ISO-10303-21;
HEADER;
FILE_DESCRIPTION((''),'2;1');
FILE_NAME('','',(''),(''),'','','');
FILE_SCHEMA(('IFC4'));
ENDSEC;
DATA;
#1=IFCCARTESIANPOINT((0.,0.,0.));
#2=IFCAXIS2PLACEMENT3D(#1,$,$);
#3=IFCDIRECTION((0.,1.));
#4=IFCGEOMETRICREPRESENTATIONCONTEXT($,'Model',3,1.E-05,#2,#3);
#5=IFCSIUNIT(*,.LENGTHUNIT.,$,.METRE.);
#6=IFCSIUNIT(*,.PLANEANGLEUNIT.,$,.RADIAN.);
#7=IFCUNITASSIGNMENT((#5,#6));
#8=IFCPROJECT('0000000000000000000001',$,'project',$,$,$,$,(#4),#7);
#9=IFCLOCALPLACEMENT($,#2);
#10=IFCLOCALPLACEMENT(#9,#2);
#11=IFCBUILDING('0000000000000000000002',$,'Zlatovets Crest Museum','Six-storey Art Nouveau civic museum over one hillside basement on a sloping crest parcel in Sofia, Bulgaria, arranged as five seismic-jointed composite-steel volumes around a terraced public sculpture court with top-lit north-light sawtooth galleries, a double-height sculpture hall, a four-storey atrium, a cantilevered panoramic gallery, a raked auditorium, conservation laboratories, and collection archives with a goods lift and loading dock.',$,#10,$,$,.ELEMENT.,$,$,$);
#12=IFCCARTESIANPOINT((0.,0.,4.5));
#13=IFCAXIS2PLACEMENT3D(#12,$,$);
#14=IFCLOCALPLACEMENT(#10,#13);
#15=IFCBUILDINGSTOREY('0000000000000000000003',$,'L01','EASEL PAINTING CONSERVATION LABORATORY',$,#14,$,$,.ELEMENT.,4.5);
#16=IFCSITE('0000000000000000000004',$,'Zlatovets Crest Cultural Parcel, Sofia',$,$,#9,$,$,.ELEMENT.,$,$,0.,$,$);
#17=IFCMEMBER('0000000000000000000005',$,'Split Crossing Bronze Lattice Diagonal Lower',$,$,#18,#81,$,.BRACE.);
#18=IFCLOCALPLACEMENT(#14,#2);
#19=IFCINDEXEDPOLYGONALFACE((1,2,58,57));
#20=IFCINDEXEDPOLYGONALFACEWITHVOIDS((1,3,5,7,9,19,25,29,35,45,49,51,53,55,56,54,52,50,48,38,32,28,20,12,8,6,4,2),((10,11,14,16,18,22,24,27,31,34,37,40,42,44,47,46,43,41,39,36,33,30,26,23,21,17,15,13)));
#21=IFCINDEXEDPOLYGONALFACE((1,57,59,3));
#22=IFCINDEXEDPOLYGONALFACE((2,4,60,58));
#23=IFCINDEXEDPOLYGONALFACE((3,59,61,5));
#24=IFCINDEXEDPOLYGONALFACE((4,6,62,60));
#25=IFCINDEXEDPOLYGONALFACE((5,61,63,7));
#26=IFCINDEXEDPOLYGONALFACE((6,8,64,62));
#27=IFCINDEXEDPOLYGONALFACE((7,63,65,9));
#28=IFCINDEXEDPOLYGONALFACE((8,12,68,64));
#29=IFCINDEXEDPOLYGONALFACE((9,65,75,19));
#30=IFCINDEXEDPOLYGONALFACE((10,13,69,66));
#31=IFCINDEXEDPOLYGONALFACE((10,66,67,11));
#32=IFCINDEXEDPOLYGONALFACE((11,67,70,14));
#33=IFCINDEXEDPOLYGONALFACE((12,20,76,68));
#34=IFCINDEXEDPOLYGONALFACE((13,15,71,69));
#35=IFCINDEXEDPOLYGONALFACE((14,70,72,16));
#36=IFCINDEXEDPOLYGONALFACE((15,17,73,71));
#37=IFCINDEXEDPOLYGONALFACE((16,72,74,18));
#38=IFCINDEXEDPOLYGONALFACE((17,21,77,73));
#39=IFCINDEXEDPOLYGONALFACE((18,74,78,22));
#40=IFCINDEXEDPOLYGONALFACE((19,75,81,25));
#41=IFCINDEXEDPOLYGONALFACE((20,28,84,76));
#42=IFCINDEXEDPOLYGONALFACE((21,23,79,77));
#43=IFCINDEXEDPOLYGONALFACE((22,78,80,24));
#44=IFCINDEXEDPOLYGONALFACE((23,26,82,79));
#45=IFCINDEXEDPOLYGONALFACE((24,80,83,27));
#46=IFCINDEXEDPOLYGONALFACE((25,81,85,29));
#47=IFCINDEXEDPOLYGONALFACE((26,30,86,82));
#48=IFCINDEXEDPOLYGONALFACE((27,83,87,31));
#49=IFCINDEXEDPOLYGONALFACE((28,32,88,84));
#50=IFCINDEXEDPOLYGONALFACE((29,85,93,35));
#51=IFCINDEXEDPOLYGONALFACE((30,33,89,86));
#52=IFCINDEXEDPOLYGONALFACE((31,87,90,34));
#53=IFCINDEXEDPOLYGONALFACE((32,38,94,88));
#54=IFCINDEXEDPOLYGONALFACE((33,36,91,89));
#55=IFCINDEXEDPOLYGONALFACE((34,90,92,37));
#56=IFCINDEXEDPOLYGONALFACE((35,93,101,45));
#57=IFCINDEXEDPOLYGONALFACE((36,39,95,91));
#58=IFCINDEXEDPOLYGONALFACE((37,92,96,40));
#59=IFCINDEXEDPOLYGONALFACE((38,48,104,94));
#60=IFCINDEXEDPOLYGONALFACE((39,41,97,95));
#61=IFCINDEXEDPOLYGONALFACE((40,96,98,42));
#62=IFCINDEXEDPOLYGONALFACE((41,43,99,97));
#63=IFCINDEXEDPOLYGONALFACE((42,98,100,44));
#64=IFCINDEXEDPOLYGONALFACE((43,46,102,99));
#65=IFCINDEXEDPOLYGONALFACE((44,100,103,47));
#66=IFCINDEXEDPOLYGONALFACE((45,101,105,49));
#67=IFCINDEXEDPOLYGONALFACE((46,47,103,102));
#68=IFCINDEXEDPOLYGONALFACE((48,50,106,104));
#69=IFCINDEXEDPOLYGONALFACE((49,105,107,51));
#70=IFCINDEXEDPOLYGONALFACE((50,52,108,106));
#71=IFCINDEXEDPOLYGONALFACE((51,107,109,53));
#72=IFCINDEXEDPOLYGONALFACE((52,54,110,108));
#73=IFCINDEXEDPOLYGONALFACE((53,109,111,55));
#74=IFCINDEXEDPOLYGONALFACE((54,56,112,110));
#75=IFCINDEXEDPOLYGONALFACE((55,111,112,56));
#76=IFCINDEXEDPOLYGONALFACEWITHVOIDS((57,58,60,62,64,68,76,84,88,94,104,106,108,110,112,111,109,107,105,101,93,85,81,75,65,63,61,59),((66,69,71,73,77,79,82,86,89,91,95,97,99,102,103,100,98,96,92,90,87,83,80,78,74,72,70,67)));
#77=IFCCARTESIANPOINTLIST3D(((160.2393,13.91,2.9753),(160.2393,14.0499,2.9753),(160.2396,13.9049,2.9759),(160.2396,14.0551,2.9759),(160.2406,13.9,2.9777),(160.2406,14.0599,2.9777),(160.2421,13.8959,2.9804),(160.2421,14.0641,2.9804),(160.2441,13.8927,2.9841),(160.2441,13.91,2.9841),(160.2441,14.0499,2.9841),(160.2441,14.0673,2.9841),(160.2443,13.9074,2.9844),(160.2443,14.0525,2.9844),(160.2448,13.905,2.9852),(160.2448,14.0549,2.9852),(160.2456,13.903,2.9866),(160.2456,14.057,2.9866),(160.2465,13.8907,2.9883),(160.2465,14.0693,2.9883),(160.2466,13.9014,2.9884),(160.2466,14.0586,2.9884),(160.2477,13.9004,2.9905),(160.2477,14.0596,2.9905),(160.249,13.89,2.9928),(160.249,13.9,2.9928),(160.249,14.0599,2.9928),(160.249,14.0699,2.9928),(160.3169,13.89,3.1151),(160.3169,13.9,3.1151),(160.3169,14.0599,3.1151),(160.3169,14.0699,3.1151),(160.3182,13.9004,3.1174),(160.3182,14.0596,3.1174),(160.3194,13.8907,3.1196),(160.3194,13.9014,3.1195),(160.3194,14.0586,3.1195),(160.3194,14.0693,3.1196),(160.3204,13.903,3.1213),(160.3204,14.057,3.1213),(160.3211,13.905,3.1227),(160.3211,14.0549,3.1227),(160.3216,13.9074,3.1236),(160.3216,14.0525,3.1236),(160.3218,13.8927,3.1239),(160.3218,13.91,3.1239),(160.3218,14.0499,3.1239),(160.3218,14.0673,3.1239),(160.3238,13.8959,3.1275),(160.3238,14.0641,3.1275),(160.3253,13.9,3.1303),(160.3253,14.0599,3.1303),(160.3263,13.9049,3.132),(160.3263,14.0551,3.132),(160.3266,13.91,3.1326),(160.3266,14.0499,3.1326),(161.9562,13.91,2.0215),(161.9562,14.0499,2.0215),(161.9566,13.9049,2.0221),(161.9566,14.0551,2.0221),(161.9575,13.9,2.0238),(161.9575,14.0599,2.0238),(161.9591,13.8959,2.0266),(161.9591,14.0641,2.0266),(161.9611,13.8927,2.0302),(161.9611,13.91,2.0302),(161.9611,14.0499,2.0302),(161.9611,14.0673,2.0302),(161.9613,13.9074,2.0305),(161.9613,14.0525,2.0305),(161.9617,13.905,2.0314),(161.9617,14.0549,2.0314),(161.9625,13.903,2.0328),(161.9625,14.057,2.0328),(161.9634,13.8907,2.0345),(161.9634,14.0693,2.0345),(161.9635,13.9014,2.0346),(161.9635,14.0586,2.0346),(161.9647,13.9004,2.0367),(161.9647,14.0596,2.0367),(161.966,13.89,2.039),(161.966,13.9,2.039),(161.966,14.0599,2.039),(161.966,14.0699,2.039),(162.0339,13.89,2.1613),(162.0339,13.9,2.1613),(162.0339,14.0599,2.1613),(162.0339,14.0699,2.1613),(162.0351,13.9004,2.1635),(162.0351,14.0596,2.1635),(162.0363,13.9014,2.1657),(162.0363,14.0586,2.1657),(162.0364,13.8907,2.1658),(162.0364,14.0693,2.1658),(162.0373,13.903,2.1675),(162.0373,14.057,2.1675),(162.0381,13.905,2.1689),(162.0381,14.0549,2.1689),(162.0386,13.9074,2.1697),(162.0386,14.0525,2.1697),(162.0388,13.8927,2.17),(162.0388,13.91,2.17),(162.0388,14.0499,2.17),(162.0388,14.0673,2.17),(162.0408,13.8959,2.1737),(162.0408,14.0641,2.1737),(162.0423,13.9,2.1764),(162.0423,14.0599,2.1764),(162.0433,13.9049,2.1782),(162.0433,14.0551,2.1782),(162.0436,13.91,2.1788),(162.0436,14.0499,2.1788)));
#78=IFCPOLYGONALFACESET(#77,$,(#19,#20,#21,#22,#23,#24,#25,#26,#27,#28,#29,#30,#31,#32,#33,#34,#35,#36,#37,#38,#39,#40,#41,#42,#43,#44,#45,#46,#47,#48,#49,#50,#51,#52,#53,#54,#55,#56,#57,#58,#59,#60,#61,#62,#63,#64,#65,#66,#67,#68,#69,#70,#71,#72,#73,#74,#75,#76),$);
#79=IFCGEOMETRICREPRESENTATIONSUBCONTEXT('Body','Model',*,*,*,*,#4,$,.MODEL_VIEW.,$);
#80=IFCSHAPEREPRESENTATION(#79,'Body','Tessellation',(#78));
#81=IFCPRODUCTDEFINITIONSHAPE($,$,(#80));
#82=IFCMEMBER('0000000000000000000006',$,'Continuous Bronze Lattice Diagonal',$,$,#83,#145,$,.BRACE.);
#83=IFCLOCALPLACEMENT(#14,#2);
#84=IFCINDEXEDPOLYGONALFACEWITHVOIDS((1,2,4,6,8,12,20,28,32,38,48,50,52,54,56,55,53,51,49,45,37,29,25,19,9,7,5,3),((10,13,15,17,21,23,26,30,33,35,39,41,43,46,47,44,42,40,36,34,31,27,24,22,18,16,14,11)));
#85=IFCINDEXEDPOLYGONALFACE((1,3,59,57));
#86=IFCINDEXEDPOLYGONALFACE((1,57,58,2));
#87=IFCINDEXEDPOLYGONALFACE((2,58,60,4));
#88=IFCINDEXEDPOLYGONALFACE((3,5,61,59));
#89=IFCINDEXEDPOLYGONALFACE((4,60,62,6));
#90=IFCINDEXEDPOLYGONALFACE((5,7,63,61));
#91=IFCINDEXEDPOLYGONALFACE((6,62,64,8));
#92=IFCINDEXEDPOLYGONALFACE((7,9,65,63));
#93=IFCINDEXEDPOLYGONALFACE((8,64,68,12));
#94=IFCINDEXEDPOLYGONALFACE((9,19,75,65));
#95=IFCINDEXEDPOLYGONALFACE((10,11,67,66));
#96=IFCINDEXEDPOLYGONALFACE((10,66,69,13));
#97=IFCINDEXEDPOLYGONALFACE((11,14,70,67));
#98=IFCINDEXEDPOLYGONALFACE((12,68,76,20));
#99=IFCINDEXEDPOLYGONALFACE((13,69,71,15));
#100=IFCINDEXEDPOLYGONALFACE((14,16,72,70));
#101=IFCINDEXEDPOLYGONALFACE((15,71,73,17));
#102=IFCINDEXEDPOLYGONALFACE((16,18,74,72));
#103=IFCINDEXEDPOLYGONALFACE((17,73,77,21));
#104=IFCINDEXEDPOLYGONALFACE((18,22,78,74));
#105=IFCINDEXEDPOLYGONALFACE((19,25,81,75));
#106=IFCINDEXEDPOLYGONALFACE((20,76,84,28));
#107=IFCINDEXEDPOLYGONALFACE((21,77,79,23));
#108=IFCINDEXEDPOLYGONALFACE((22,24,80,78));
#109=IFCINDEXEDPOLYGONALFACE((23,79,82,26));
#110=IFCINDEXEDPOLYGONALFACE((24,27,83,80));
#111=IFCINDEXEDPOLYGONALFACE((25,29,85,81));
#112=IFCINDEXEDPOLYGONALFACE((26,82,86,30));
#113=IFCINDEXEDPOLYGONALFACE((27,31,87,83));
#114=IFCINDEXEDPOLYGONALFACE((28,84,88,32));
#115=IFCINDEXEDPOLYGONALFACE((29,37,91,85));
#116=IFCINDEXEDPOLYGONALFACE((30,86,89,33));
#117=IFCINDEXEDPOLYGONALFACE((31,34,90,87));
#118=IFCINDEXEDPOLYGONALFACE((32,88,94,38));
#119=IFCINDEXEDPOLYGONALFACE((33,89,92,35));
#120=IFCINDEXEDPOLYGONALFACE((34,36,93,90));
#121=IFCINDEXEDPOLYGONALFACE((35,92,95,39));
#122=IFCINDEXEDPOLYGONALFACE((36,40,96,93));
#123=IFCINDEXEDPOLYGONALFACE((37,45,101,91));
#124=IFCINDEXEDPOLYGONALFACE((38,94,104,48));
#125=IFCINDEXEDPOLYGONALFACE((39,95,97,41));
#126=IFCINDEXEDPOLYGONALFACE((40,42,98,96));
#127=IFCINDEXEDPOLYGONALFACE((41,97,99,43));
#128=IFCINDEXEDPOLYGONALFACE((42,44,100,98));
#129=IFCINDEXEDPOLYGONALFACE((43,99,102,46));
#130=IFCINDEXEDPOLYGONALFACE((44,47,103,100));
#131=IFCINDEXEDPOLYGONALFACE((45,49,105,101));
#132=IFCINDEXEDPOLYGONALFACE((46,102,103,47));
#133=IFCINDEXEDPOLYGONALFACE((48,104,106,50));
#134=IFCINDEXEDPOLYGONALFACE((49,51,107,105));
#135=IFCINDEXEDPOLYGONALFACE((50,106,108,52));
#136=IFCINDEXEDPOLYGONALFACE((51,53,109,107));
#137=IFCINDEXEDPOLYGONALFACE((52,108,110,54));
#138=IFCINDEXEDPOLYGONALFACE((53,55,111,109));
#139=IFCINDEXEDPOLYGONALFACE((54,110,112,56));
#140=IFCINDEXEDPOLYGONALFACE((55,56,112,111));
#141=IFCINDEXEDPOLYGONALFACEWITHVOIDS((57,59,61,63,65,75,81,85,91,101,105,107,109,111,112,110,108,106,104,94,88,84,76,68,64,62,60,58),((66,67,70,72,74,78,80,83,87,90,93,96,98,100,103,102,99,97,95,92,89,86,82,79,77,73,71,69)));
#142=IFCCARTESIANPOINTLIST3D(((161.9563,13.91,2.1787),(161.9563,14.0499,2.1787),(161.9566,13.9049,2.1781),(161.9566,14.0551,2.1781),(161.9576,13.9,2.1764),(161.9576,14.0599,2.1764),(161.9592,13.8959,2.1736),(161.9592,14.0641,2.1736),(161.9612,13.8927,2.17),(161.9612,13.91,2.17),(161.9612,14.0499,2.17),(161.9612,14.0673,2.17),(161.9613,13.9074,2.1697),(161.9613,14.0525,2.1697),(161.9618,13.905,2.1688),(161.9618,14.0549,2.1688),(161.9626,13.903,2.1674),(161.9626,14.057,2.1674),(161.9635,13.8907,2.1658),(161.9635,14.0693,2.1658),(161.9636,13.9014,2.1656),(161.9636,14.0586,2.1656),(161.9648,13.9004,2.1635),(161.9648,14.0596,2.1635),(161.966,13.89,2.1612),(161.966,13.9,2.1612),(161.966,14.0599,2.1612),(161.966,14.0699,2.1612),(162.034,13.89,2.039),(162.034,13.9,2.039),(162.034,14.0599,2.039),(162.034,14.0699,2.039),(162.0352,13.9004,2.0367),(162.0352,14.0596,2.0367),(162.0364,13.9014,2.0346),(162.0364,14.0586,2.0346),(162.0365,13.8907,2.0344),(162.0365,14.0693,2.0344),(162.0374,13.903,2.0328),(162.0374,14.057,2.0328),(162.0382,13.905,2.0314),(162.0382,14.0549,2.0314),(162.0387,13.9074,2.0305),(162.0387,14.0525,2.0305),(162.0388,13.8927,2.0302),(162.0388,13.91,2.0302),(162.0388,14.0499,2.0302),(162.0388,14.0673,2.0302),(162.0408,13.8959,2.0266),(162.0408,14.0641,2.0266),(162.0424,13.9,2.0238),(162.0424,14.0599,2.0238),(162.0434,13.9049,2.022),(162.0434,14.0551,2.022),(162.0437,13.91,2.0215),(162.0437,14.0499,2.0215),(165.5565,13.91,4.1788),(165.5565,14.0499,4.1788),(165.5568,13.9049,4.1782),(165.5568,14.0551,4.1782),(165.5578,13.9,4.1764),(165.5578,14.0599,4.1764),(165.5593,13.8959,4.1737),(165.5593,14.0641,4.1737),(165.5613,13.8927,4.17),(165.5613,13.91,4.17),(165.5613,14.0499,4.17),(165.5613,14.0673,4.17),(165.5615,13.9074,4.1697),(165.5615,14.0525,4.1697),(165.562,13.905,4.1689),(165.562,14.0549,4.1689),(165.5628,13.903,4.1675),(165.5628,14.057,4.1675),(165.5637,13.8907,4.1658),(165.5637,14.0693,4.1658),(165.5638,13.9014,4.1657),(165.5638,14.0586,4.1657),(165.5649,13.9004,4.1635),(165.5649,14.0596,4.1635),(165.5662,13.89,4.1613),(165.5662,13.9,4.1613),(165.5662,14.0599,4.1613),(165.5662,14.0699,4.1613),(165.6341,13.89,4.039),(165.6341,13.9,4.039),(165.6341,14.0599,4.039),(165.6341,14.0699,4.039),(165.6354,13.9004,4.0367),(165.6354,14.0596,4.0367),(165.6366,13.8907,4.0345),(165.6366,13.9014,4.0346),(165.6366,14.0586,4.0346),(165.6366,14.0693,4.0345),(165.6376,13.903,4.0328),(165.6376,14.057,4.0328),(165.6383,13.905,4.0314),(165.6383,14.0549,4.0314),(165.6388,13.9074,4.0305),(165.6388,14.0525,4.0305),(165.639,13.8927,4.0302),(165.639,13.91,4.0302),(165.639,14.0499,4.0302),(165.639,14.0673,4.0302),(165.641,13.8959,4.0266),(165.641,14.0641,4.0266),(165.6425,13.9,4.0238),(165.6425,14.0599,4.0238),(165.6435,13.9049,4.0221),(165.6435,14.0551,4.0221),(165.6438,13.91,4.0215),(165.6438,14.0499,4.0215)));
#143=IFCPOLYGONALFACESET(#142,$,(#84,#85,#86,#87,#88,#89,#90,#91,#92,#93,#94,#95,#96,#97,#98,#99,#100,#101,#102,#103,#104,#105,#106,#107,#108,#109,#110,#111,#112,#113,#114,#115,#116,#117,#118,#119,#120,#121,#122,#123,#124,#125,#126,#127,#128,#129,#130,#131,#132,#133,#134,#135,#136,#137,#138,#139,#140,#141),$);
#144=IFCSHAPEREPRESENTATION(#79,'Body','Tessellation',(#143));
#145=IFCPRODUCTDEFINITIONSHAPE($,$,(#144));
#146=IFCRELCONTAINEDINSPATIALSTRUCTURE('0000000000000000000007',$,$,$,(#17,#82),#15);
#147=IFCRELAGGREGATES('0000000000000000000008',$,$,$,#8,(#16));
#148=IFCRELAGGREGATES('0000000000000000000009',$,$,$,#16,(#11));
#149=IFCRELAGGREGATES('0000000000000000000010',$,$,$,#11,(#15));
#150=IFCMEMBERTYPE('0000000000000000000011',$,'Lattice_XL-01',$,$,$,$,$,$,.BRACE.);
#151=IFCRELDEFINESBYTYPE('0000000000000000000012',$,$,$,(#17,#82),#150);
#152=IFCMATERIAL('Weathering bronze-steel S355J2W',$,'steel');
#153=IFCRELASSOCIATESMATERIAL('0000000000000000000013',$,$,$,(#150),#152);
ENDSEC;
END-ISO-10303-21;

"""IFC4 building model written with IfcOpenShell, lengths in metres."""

from ifc_helpers import new_model, si_unit, direction, frame, origin, origin_2d, place, context, subcontext, project, spatial, hollow_rectangle, extrude, material, material_profile, profile_set, type_object, element, save


model = new_model("IFC4")

# Units and contexts
model_context = context("Model", 3, precision=1e-05, world=origin(), true_north=direction((0.0, 1.0)))
body_context = subcontext(model_context, "Body", "Model", "MODEL_VIEW")
ifc_project = project(units=[si_unit("LENGTHUNIT", "METRE"), si_unit("PLANEANGLEUNIT", "RADIAN")], contexts=[model_context])

# Site, building, storey
site_placement = place(None, origin())
site = spatial("IfcSite", under=ifc_project, at=site_placement, Name="Zlatovets Crest Cultural Parcel, Sofia", CompositionType="ELEMENT", RefElevation=0.0)
building_placement = place(site_placement, origin())
building = spatial("IfcBuilding", under=site, at=building_placement, Name="Zlatovets Crest Museum", Description="Six-storey Art Nouveau civic museum over one hillside basement on a sloping crest parcel in Sofia, Bulgaria, arranged as five seismic-jointed composite-steel volumes around a terraced public sculpture court with top-lit north-light sawtooth galleries, a double-height sculpture hall, a four-storey atrium, a cantilevered panoramic gallery, a raked auditorium, conservation laboratories, and collection archives with a goods lift and loading dock.", CompositionType="ELEMENT")
storey_placement = place(building_placement, frame((0.0, 0.0, 4.5)))
storey = spatial("IfcBuildingStorey", under=building, at=storey_placement, Name="L01", Description="EASEL PAINTING CONSERVATION LABORATORY", CompositionType="ELEMENT", Elevation=4.5)

# Members
ifc_material_1 = material(Name="Weathering bronze-steel S355J2W", Category="steel")
ifc_material_profile_1 = material_profile(ifc_material_1, hollow_rectangle(XDim=0.1799, YDim=0.1799, WallThickness=0.01, InnerFilletRadius=0.01, OuterFilletRadius=0.02, at=origin_2d()), Name="SHS 180x180x10.0")
ifc_profile_set_1 = profile_set([ifc_material_profile_1], Name="Weathering bronze-steel S355J2W")
member_type_1 = type_object("IfcMemberType", Name="Lattice_XL-01", PredefinedType="BRACE", material=ifc_profile_set_1)
member_1_placement = place(storey_placement, frame((160.283, 13.98, 3.054), z_axis=(0.874169, 0.0, -0.485622), x_axis=(0.0, 1.0, 0.0)))
element("IfcMember", 1, at=member_1_placement, inside=storey, type_object=member_type_1, Name="Split Crossing Bronze Lattice Diagonal Lower", PredefinedType="BRACE", context=body_context, shape_type="SweptSolid", body=[
    extrude(hollow_rectangle(XDim=0.1799, YDim=0.1799, WallThickness=0.01, InnerFilletRadius=0.01, OuterFilletRadius=0.02, at=origin_2d()), origin(), (0.0, 0.0, 1.0), 1.9641),
])
member_2_placement = place(storey_placement, frame((162.0, 13.98, 2.1001), z_axis=(0.874163, 0.0, 0.485633), x_axis=(0.0, 1.0, 0.0)))
element("IfcMember", 2, at=member_2_placement, inside=storey, type_object=member_type_1, Name="Continuous Bronze Lattice Diagonal", PredefinedType="BRACE", context=body_context, shape_type="SweptSolid", body=[
    extrude(hollow_rectangle(XDim=0.1799, YDim=0.1799, WallThickness=0.01, InnerFilletRadius=0.01, OuterFilletRadius=0.02, at=origin_2d()), origin(), (0.0, 0.0, 1.0), 4.1184),
])

save(model, "model.ifc")
